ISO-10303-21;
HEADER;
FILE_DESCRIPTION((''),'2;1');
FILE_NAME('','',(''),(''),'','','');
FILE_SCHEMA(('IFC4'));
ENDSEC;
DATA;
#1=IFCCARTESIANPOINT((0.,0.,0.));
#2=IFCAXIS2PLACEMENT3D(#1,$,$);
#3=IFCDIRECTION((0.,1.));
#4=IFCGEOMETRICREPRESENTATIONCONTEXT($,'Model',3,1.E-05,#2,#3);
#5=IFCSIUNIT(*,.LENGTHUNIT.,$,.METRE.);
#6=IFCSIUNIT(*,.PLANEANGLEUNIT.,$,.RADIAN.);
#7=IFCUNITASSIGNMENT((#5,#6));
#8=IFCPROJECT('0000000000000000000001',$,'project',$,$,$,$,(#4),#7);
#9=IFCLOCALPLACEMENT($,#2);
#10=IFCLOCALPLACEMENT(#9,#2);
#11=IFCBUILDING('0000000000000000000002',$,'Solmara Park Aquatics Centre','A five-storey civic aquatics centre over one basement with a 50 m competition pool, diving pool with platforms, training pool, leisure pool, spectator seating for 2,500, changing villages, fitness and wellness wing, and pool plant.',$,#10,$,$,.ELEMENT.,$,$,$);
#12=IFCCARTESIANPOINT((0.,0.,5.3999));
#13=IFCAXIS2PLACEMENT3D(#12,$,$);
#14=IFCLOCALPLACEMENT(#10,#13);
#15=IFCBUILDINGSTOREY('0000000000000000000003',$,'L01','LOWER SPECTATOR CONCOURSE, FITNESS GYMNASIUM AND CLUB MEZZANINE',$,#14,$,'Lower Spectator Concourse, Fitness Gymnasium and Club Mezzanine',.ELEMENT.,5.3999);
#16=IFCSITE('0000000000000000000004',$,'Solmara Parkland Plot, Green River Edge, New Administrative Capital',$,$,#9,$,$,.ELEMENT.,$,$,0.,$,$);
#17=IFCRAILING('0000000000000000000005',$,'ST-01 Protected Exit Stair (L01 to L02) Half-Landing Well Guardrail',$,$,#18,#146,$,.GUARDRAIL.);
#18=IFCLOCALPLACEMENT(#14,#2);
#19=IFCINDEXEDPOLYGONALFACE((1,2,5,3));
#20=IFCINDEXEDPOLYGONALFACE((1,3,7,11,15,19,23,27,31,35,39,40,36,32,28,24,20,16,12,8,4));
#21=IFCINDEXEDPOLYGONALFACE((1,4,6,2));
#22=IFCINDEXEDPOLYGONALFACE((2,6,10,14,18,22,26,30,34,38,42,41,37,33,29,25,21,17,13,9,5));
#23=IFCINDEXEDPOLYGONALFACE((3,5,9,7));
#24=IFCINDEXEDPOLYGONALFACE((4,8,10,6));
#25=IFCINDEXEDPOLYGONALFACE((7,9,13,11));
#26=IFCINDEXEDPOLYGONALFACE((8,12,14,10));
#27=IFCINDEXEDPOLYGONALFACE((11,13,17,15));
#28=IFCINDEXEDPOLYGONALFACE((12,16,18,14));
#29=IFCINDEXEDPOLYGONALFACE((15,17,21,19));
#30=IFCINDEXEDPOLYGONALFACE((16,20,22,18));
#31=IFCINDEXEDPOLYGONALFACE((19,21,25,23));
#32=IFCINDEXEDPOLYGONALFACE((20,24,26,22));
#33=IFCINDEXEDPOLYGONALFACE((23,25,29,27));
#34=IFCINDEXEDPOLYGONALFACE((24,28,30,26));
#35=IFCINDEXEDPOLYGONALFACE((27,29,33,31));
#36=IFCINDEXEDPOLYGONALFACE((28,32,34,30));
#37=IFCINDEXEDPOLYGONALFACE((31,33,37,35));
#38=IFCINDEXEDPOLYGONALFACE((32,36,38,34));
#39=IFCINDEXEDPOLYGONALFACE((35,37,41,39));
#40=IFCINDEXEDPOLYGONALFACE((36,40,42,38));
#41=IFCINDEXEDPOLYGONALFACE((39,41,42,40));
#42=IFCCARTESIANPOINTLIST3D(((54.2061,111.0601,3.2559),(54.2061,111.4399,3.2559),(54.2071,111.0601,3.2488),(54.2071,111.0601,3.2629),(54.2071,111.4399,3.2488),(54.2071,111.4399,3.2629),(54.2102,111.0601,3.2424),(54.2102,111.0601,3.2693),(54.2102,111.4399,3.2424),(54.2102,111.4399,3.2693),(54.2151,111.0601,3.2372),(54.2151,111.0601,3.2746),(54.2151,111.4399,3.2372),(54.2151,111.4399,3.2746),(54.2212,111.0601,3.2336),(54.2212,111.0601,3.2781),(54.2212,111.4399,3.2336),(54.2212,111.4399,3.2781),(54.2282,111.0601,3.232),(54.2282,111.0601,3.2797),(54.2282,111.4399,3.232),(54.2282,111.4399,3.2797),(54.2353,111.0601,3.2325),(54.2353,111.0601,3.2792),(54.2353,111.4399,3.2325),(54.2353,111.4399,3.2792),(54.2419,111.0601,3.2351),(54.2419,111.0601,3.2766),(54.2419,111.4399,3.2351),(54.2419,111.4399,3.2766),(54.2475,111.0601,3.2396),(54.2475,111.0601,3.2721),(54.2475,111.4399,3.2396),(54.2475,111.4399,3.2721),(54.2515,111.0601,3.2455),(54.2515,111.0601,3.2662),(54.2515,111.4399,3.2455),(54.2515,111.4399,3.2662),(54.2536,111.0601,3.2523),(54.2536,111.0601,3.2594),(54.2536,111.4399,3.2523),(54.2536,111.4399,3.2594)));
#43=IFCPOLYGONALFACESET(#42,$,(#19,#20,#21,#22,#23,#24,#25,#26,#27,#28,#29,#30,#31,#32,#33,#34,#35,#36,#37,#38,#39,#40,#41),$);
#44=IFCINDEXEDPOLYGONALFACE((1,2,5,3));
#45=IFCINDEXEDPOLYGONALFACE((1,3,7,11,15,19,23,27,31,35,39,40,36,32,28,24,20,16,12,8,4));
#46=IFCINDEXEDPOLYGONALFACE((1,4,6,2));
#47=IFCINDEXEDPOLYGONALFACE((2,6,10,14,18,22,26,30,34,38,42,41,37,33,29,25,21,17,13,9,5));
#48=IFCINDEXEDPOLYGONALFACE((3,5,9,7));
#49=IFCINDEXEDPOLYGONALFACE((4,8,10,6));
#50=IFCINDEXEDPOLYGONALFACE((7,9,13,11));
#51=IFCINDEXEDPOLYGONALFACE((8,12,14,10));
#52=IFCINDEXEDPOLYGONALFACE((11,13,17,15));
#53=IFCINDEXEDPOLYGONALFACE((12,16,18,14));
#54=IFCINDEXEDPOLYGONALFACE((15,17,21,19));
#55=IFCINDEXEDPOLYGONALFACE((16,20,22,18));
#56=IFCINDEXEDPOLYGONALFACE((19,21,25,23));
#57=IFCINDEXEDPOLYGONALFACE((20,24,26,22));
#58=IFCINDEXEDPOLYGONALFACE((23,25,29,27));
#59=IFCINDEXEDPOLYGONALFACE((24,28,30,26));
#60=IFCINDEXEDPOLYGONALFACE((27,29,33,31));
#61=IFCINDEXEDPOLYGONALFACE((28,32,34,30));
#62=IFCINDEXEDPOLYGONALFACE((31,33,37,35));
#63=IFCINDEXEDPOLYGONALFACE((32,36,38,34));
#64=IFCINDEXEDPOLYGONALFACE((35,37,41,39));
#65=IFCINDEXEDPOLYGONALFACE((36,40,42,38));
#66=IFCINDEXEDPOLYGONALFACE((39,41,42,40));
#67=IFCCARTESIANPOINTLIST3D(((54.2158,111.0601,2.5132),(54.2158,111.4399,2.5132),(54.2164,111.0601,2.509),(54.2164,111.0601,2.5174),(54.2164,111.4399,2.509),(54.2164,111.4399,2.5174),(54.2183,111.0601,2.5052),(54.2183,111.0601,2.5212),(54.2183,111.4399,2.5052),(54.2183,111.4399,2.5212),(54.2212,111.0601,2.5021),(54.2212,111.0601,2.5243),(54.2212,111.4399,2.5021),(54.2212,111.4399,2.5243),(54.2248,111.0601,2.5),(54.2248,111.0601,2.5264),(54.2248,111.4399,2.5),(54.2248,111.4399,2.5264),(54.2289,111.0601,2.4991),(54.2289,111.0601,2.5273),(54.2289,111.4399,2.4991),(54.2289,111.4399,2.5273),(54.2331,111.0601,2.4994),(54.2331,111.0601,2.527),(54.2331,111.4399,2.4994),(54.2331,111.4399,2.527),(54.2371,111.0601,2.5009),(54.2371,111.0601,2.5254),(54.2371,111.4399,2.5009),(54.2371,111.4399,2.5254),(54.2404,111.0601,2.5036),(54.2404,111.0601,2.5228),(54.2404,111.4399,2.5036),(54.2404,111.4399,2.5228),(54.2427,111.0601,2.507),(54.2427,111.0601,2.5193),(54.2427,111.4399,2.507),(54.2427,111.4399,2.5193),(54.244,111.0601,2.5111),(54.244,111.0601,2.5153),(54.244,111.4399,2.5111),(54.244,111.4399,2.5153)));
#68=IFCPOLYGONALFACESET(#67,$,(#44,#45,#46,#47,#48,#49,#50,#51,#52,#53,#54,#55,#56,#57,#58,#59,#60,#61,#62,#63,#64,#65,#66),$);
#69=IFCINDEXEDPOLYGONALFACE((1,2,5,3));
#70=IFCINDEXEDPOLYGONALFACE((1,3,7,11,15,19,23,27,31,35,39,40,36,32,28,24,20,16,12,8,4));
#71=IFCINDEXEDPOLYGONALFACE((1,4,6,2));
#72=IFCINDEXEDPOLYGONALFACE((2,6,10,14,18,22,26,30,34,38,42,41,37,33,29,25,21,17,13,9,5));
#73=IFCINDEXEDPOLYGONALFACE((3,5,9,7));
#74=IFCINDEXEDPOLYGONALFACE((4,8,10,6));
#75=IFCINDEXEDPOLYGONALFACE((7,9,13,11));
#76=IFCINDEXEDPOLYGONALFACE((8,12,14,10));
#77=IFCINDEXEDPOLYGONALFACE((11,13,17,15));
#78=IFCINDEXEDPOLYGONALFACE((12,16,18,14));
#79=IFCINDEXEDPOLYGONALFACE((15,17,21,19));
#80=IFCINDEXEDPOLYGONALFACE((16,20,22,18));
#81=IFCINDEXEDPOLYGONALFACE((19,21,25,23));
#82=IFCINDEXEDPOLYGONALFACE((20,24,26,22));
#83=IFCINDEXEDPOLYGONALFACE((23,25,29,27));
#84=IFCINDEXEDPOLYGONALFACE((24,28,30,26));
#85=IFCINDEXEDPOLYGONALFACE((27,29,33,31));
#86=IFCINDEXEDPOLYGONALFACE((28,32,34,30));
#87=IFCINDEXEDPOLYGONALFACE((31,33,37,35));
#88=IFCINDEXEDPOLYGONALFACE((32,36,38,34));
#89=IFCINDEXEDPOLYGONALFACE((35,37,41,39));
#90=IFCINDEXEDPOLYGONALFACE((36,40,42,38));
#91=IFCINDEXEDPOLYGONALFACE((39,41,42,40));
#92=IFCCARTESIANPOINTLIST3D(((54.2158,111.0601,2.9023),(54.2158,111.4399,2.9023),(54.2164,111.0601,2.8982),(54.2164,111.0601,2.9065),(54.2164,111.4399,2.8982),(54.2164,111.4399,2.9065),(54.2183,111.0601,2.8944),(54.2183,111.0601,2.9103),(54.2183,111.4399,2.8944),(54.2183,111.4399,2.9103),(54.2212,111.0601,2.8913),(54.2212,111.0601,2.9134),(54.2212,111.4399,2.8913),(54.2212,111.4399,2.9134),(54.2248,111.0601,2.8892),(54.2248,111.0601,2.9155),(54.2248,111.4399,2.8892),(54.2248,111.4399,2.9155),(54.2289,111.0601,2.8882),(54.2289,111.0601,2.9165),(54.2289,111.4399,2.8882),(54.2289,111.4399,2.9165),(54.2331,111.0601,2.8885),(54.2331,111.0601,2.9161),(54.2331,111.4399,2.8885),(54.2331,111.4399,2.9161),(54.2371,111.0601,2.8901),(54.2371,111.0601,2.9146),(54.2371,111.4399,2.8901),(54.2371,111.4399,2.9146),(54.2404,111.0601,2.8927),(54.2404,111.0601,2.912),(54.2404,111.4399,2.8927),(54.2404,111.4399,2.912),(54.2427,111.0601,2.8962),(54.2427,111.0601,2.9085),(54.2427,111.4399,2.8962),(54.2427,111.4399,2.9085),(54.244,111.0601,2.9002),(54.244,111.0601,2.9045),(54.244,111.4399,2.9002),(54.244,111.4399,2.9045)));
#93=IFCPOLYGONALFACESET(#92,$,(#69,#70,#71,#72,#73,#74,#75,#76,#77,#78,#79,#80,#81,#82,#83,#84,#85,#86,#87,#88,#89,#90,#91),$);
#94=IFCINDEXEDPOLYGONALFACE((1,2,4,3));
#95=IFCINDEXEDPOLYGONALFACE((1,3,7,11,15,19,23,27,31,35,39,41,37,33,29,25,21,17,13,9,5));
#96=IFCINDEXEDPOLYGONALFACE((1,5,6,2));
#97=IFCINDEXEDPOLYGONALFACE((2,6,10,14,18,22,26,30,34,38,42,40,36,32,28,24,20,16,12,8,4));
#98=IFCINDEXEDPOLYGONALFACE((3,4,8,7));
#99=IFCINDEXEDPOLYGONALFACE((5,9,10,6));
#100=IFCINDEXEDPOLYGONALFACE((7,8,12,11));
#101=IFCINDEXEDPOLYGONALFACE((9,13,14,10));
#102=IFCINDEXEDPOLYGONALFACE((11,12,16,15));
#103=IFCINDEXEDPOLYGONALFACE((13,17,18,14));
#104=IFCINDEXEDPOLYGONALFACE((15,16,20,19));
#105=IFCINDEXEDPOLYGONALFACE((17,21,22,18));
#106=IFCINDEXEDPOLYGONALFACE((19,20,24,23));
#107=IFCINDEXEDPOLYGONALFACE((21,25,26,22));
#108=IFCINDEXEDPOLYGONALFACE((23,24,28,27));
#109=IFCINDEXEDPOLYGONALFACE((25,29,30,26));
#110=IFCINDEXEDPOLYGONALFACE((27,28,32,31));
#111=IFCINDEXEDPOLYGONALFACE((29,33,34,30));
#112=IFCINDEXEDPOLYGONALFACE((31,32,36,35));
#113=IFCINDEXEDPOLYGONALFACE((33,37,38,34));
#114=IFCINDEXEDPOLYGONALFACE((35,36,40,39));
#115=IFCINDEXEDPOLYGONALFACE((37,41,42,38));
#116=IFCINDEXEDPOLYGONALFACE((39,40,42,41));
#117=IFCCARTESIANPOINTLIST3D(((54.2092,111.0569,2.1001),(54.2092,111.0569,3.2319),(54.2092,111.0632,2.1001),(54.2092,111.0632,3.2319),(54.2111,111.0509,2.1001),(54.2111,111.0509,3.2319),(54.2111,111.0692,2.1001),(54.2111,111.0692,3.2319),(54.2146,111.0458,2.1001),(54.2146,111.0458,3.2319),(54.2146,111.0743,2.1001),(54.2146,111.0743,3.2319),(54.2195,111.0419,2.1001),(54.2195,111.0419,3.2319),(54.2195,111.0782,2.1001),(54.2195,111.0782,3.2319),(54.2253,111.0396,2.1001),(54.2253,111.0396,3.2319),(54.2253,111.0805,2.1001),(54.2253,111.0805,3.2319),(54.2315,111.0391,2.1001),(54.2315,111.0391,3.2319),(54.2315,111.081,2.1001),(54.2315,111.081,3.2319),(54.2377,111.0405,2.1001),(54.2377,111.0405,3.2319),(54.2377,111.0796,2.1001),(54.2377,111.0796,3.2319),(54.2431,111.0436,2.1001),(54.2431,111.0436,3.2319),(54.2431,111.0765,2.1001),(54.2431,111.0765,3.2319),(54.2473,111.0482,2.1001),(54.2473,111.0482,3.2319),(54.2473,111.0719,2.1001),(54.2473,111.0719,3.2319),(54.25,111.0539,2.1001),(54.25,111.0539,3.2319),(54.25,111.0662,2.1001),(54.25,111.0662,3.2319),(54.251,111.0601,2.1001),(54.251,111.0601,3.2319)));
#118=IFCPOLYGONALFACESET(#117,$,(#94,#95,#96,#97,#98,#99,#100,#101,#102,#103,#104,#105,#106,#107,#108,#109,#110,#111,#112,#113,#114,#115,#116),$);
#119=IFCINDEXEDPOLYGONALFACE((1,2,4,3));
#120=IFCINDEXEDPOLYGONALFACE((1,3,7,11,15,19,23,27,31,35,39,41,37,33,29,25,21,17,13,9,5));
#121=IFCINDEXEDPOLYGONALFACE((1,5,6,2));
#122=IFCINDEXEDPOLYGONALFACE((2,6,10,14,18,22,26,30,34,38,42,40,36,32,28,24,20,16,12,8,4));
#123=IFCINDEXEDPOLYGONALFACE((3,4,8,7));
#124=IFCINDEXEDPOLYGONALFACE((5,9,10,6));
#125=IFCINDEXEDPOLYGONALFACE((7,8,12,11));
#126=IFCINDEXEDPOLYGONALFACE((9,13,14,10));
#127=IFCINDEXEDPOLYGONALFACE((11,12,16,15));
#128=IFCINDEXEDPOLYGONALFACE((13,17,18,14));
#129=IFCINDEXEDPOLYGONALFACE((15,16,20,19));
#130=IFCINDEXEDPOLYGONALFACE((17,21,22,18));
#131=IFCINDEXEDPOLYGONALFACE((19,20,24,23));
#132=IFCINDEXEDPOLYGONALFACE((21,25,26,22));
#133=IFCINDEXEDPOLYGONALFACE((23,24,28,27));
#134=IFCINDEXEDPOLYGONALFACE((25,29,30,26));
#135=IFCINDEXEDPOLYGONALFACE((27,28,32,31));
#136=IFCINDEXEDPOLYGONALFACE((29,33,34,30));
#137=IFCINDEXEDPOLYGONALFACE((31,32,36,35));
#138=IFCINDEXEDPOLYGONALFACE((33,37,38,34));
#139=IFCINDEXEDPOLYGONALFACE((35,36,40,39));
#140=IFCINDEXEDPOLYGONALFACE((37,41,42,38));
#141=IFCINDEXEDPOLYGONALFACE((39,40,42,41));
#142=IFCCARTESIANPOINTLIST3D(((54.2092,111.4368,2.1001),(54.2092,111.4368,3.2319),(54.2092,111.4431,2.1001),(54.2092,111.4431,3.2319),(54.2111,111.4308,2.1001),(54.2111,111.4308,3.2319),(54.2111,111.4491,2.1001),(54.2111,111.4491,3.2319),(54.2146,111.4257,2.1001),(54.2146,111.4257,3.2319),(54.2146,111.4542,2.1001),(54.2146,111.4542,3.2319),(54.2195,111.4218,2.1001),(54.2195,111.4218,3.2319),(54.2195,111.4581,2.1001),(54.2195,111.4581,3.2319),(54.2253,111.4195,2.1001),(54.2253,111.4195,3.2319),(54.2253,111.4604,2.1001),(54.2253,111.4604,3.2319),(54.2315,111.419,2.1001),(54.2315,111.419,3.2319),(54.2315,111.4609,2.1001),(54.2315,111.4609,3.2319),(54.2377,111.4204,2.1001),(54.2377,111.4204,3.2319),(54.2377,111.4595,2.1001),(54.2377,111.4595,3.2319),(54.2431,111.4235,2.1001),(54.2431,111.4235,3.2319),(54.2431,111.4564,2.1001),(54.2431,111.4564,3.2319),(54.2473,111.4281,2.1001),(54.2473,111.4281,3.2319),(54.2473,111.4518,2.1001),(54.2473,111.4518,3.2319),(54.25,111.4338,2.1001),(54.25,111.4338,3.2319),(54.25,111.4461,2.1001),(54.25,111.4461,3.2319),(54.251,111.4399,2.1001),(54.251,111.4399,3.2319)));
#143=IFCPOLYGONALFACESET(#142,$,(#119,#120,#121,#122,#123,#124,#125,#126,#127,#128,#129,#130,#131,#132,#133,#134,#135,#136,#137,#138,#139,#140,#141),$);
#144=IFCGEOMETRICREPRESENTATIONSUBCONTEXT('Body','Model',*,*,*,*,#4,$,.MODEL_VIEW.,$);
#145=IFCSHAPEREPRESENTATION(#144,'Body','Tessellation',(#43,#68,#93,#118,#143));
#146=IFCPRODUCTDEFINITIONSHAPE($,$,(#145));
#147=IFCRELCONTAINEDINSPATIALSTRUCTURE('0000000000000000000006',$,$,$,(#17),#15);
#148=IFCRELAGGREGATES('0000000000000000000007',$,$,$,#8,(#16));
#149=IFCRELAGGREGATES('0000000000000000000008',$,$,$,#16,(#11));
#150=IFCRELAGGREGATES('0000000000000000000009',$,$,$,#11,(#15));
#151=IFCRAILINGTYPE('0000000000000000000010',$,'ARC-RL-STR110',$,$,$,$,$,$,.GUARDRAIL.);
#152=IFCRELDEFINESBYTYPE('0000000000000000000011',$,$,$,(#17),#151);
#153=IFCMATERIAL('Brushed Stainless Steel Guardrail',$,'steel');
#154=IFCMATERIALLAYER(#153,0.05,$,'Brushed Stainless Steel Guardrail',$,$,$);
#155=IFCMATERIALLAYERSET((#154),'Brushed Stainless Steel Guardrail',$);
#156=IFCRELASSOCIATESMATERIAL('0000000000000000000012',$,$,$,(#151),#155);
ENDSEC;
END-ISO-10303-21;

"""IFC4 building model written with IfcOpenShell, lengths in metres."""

from ifc_helpers import new_model, si_unit, direction, frame, origin, origin_2d, place, context, subcontext, project, spatial, circle, extrude, material, layer, layer_set, type_object, element, save


model = new_model("IFC4")

# Units and contexts
model_context = context("Model", 3, precision=1e-05, world=origin(), true_north=direction((0.0, 1.0)))
body_context = subcontext(model_context, "Body", "Model", "MODEL_VIEW")
ifc_project = project(units=[si_unit("LENGTHUNIT", "METRE"), si_unit("PLANEANGLEUNIT", "RADIAN")], contexts=[model_context])

# Site, building, storey
site_placement = place(None, origin())
site = spatial("IfcSite", under=ifc_project, at=site_placement, Name="Solmara Parkland Plot, Green River Edge, New Administrative Capital", CompositionType="ELEMENT", RefElevation=0.0)
building_placement = place(site_placement, origin())
building = spatial("IfcBuilding", under=site, at=building_placement, Name="Solmara Park Aquatics Centre", Description="A five-storey civic aquatics centre over one basement with a 50 m competition pool, diving pool with platforms, training pool, leisure pool, spectator seating for 2,500, changing villages, fitness and wellness wing, and pool plant.", CompositionType="ELEMENT")
storey_placement = place(building_placement, frame((0.0, 0.0, 5.3999)))
storey = spatial("IfcBuildingStorey", under=building, at=storey_placement, Name="L01", Description="LOWER SPECTATOR CONCOURSE, FITNESS GYMNASIUM AND CLUB MEZZANINE", LongName="Lower Spectator Concourse, Fitness Gymnasium and Club Mezzanine", CompositionType="ELEMENT", Elevation=5.3999)

# Railing
ifc_material_1 = material(Name="Brushed Stainless Steel Guardrail", Category="steel")
ifc_layer_1 = layer(ifc_material_1, 0.05, Name="Brushed Stainless Steel Guardrail")
ifc_layer_set_1 = layer_set([ifc_layer_1], Name="Brushed Stainless Steel Guardrail")
railing_type_1 = type_object("IfcRailingType", Name="ARC-RL-STR110", PredefinedType="GUARDRAIL", material=ifc_layer_set_1)
railing_1_placement = place(storey_placement, frame((54.23, 111.0601, 2.1001)))
element("IfcRailing", 1, at=railing_1_placement, inside=storey, type_object=railing_type_1, Name="ST-01 Protected Exit Stair (L01 to L02) Half-Landing Well Guardrail", PredefinedType="GUARDRAIL", context=body_context, shape_type="SweptSolid", body=[
    extrude(circle(Radius=0.0239, at=origin_2d()), frame((0.0, 0.0, 1.1558), z_axis=(0.0, 1.0, 0.0), x_axis=(-1.0, 0.0, 0.0)), (0.0, 0.0, 1.0), 0.3799),
    extrude(circle(Radius=0.0142, at=origin_2d()), frame((0.0, 0.0, 0.4131), z_axis=(0.0, 1.0, 0.0), x_axis=(-1.0, 0.0, 0.0)), (0.0, 0.0, 1.0), 0.3799),
    extrude(circle(Radius=0.0142, at=origin_2d()), frame((0.0, 0.0, 0.8022), z_axis=(0.0, 1.0, 0.0), x_axis=(-1.0, 0.0, 0.0)), (0.0, 0.0, 1.0), 0.3799),
    extrude(circle(Radius=0.021, at=origin_2d()), origin(), (0.0, 0.0, 1.0), 1.1318),
    extrude(circle(Radius=0.021, at=origin_2d()), frame((0.0, 0.3799, 0.0)), (0.0, 0.0, 1.0), 1.1318),
])

save(model, "model.ifc")
